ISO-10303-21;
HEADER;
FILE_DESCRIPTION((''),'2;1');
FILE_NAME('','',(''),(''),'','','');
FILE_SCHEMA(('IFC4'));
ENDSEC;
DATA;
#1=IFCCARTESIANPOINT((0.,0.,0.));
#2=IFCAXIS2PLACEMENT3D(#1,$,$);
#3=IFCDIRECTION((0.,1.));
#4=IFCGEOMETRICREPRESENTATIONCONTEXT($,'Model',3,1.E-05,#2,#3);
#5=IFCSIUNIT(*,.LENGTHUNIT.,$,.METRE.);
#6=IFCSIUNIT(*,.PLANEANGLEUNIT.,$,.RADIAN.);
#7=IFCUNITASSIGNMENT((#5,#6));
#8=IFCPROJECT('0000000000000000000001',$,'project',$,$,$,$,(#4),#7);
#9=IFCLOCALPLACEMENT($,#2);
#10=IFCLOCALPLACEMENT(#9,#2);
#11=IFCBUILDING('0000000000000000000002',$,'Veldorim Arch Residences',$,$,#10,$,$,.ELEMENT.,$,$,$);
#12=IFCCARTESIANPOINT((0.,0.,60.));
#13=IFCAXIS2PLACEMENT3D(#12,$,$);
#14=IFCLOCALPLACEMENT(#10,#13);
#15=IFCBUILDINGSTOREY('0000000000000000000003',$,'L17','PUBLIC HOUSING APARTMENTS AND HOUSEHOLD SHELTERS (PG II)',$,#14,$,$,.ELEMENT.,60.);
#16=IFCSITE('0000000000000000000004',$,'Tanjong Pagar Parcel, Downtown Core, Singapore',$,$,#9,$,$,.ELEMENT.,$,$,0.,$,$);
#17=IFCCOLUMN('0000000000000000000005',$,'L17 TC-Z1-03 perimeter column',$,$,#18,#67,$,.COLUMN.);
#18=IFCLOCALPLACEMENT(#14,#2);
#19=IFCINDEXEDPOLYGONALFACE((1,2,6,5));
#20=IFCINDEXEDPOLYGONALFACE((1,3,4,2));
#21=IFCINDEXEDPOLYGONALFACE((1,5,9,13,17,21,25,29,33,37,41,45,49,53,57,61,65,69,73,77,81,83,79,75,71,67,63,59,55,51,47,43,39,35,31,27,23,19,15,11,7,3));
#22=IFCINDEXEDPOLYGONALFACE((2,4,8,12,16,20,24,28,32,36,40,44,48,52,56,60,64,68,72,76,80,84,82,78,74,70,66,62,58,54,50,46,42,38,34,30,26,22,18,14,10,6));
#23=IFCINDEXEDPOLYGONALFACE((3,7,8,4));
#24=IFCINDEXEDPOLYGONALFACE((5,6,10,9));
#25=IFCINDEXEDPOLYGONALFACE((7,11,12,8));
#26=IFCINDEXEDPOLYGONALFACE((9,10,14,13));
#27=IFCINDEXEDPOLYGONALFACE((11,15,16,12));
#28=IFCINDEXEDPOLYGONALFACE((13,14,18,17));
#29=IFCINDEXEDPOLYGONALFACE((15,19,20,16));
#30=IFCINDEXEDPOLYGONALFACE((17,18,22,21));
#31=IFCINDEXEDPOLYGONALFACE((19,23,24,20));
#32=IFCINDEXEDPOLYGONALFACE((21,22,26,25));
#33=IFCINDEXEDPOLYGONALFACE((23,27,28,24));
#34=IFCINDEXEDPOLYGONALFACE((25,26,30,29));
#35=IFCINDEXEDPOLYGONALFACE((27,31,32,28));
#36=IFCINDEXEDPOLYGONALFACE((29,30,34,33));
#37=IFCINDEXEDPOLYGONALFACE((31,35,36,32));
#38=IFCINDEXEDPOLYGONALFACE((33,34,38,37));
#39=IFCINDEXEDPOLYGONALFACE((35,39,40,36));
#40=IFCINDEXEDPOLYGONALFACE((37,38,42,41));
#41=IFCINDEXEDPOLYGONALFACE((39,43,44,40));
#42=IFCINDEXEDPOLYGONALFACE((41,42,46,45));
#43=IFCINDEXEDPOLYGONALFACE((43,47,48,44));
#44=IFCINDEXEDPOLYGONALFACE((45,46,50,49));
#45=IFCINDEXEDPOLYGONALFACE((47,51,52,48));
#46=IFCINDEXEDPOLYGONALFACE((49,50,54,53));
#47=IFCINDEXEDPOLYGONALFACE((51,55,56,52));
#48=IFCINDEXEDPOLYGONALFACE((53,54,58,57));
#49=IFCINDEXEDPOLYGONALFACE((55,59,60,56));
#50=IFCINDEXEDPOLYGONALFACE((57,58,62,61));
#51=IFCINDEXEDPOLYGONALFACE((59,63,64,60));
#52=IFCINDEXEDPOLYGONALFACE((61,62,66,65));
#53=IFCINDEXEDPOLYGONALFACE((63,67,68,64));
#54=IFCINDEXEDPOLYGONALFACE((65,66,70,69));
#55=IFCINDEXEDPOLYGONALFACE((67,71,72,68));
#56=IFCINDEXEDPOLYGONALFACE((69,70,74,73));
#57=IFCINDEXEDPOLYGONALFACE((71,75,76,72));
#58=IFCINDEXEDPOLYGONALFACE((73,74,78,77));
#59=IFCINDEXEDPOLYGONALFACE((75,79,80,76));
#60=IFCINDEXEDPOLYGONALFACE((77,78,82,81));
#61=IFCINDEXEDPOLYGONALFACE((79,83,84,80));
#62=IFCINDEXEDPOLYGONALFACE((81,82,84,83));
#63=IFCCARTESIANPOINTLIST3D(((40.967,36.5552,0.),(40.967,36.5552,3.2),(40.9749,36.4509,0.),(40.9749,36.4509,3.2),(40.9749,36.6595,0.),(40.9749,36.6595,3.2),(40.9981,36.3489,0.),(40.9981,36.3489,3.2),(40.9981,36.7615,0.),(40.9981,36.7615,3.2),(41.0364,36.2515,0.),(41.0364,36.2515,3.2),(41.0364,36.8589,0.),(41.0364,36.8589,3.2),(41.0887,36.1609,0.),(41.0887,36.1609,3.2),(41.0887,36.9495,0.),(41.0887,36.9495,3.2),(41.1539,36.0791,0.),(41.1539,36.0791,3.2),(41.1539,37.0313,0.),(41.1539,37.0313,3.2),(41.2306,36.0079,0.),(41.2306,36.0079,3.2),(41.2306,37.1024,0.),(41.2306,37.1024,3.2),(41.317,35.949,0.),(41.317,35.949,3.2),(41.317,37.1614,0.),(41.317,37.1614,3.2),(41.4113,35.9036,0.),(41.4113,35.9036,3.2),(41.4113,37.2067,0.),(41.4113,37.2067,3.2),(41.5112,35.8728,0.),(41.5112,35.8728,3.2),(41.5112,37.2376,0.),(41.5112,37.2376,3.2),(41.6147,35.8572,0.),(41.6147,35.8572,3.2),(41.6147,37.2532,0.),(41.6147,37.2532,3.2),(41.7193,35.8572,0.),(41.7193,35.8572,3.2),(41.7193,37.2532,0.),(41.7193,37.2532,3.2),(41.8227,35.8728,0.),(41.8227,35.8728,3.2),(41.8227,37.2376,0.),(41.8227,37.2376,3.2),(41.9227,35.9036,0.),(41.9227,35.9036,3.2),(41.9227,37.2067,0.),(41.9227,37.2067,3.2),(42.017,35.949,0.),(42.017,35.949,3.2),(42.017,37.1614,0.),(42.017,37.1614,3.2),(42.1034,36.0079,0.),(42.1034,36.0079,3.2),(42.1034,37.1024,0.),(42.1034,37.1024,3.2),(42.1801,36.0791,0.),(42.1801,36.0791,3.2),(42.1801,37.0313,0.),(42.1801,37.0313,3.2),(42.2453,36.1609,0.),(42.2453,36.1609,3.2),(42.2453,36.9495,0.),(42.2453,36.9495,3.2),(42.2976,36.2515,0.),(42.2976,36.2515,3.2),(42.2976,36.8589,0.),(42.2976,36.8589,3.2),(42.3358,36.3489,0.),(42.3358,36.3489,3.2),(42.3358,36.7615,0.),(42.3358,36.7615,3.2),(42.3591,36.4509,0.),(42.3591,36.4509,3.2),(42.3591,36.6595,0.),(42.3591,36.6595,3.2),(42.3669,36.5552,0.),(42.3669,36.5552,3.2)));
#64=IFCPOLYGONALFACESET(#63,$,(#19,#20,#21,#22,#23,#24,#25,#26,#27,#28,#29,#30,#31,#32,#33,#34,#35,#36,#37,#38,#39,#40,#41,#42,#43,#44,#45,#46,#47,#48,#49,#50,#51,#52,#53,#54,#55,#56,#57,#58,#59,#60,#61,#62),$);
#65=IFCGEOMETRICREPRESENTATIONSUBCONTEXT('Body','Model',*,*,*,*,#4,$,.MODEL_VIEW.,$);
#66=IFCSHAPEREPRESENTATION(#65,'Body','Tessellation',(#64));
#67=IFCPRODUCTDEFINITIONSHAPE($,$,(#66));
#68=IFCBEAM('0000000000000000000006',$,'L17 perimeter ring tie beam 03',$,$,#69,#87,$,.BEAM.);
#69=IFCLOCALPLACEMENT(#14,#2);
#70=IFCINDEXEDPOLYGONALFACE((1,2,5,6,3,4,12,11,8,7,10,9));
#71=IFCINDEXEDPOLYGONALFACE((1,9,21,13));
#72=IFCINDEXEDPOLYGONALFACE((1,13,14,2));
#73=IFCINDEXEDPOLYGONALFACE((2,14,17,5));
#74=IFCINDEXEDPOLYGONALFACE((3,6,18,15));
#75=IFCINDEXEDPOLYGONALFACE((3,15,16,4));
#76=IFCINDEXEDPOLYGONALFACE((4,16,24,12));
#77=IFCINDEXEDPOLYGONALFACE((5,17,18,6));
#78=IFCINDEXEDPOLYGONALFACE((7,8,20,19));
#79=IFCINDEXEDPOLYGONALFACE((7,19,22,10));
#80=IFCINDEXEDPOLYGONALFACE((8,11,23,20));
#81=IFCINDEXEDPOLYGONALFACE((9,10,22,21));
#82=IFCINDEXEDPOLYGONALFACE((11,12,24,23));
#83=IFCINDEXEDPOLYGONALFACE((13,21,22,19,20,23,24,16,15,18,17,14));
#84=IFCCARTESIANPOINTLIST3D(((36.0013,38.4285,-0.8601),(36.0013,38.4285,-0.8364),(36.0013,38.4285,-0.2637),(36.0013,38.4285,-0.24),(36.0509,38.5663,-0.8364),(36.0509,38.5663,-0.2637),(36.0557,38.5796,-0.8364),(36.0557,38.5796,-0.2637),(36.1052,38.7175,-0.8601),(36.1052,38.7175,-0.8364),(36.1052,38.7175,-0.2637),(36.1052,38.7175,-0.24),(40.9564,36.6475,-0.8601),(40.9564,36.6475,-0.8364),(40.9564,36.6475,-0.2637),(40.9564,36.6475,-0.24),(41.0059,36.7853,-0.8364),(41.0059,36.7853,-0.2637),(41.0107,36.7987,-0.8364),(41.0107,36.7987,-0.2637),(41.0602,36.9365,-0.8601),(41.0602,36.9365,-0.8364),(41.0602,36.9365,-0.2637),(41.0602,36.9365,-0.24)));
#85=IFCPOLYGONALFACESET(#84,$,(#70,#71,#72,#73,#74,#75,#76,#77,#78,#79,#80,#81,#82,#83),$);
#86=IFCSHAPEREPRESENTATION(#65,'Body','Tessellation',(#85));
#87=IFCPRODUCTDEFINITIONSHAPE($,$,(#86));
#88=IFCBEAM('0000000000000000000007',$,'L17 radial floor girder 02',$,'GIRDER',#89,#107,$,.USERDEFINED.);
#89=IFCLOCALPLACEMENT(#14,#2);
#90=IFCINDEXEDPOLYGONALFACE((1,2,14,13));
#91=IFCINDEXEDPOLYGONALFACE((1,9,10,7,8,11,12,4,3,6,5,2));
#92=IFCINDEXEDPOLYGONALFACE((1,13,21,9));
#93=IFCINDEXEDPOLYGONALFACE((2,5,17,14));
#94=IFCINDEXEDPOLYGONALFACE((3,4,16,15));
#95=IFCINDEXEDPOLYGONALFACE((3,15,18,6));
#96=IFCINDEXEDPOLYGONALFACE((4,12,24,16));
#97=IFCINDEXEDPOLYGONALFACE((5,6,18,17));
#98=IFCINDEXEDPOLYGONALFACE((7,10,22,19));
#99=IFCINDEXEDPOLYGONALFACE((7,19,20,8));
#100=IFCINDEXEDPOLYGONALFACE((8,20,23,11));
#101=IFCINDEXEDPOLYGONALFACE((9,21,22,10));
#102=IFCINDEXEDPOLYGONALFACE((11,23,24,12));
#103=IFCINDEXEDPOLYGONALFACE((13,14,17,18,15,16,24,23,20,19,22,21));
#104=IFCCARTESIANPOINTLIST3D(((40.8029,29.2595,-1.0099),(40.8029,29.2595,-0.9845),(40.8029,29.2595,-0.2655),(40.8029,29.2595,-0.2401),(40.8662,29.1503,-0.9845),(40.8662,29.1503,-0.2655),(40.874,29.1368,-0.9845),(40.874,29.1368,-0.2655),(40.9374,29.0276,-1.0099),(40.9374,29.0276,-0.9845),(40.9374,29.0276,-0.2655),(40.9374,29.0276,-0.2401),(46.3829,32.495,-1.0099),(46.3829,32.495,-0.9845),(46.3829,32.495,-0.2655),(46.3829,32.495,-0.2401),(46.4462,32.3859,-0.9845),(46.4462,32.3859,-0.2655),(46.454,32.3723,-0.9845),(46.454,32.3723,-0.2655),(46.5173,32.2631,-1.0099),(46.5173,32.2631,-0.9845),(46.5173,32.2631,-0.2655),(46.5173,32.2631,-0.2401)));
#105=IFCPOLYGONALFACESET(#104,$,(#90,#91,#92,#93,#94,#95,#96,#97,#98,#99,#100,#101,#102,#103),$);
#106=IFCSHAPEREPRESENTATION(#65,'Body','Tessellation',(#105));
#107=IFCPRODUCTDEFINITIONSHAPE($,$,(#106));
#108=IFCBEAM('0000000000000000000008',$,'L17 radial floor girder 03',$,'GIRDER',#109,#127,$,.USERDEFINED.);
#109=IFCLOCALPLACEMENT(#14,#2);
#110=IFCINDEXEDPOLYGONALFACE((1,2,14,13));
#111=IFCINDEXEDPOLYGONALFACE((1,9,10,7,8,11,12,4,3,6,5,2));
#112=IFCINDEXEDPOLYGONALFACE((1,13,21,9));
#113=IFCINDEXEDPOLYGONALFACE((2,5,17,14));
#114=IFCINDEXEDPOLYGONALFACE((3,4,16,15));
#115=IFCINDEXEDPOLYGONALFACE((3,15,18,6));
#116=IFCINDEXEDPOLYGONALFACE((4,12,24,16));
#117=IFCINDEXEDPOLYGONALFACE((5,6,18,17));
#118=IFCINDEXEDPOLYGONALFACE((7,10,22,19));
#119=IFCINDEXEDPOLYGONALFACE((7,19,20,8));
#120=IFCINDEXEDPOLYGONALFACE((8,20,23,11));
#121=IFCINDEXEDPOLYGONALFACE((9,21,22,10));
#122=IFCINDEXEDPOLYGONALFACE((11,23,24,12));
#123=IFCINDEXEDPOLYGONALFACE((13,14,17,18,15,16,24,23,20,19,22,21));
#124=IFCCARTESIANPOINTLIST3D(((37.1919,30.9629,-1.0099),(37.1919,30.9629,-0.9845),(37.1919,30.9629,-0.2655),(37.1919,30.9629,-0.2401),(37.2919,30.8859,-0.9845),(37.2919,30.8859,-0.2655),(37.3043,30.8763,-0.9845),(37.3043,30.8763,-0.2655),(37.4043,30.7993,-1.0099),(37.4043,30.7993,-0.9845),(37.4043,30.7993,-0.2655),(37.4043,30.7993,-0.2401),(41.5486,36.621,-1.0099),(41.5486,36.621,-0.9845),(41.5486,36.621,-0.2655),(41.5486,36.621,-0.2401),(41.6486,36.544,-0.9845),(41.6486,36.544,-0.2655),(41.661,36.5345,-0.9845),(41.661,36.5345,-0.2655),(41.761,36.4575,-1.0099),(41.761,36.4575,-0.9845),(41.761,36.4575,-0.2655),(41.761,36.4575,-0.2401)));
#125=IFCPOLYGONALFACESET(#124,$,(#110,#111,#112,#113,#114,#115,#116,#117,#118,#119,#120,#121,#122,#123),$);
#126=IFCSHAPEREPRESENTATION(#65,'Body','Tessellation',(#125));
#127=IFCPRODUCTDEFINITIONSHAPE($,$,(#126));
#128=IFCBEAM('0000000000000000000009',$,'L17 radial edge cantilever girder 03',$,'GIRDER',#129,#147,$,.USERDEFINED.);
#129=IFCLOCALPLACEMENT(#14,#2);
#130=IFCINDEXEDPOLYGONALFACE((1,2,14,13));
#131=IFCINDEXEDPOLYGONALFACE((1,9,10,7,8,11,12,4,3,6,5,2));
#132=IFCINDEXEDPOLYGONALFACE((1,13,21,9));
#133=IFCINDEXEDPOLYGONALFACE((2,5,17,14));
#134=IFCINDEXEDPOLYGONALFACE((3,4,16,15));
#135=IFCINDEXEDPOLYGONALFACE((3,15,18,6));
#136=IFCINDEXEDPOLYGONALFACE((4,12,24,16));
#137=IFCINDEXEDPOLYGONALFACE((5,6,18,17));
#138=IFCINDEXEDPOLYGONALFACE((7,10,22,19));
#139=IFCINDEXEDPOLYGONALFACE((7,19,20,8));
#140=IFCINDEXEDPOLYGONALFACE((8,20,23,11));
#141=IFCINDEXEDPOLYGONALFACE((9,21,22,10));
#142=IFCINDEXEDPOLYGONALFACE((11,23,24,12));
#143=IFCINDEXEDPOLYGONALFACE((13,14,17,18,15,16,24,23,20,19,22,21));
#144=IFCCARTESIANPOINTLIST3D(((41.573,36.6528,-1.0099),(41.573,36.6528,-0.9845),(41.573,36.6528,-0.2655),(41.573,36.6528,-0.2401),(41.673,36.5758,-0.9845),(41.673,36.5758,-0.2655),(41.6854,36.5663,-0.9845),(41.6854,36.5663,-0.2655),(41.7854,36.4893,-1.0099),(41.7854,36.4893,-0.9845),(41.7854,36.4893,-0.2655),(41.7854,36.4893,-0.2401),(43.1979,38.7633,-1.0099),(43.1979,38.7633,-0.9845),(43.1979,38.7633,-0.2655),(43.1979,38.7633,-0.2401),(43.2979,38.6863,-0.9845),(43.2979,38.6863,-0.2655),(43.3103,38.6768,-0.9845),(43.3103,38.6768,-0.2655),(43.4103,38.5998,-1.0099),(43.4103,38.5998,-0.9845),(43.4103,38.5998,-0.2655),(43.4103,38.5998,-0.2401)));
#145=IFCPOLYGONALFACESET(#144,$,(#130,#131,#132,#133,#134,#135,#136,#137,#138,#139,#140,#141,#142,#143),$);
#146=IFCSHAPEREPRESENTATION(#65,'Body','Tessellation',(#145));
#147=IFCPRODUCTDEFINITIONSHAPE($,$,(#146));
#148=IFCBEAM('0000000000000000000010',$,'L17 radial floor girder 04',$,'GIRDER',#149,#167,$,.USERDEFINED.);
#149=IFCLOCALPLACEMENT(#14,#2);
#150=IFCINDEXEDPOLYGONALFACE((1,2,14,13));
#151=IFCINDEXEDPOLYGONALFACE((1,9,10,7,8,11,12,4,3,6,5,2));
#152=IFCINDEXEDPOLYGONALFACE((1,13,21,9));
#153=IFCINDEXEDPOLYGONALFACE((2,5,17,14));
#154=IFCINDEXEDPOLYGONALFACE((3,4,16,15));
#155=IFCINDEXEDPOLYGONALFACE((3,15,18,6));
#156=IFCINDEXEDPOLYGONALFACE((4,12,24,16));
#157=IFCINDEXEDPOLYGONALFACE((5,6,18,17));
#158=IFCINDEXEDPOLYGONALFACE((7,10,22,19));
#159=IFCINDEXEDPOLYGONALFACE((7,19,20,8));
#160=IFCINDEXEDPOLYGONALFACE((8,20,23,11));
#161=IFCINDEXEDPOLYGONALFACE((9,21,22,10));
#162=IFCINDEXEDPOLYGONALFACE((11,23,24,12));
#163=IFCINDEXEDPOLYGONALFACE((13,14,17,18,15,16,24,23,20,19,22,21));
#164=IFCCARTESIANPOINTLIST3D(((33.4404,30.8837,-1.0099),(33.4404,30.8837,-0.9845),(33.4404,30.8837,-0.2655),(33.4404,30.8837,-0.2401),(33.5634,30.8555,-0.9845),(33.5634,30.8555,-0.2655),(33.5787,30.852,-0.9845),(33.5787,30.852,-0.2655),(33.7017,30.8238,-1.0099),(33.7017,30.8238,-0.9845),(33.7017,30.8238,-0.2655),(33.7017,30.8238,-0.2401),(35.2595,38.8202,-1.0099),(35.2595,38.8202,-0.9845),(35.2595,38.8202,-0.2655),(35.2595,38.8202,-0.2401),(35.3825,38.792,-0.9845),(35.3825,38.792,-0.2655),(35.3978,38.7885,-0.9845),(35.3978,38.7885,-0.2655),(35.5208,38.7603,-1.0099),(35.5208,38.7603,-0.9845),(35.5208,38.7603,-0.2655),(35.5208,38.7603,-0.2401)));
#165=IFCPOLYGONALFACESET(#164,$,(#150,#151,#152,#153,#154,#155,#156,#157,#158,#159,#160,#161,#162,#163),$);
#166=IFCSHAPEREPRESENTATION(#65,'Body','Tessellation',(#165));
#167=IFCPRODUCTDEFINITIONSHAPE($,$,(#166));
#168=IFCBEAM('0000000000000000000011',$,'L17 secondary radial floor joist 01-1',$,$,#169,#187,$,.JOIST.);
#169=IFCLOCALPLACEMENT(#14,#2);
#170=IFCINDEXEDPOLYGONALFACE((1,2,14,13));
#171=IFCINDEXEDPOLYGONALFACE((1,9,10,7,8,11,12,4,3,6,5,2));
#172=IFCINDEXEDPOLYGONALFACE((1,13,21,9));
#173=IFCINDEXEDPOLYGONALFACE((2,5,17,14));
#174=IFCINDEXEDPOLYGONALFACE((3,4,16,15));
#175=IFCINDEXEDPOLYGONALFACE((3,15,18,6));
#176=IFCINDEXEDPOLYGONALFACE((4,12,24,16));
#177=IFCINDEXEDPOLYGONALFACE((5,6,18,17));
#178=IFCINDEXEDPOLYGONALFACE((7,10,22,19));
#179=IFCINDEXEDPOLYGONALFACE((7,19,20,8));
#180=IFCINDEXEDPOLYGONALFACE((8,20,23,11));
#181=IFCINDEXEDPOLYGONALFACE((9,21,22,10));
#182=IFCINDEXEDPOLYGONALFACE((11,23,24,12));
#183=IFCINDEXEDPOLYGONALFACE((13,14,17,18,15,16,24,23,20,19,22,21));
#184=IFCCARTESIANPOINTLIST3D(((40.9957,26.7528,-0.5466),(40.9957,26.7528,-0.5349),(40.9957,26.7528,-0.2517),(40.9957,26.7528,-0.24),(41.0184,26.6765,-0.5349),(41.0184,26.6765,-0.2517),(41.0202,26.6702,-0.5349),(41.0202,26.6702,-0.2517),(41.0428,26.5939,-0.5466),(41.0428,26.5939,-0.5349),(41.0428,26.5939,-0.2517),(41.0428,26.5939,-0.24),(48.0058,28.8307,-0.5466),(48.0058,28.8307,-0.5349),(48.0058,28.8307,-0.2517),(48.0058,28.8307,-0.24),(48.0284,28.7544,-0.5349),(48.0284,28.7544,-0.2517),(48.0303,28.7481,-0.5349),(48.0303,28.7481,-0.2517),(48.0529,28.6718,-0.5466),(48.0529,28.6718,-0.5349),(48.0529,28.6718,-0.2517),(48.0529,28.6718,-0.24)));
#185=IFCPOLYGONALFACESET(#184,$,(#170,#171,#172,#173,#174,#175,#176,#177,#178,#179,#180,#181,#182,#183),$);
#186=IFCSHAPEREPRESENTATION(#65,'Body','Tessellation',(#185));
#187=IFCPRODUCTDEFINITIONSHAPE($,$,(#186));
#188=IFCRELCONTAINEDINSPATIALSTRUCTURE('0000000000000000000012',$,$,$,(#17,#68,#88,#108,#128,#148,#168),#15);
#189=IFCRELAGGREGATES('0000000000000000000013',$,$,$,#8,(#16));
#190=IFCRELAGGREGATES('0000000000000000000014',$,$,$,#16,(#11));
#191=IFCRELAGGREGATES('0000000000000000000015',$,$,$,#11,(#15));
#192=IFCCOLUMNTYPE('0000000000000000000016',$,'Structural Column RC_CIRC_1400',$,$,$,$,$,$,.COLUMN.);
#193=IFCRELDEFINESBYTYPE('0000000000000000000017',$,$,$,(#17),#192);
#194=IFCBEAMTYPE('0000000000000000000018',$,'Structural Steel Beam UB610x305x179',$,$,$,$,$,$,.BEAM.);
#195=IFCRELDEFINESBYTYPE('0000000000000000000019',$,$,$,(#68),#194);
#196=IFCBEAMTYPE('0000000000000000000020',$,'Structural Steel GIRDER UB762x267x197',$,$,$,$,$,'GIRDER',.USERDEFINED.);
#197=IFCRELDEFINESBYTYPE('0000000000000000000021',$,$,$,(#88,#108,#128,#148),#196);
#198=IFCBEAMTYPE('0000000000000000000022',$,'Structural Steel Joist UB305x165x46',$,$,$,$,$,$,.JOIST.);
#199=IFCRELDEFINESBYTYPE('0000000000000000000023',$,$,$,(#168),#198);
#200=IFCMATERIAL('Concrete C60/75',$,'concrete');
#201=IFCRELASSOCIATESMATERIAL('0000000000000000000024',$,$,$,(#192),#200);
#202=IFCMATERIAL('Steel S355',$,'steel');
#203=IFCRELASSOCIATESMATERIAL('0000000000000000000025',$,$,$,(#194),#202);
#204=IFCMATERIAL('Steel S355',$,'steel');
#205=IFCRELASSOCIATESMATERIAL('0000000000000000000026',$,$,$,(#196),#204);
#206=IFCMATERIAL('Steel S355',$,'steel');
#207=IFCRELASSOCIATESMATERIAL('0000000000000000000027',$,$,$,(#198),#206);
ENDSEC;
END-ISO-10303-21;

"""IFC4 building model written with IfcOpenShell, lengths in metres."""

from ifc_helpers import new_model, si_unit, direction, frame, origin, origin_2d, place, context, subcontext, project, spatial, circle, i_section, extrude, material, material_profile, profile_set, type_object, element, save


model = new_model("IFC4")

# Units and contexts
model_context = context("Model", 3, precision=1e-05, world=origin(), true_north=direction((0.0, 1.0)))
body_context = subcontext(model_context, "Body", "Model", "MODEL_VIEW")
ifc_project = project(units=[si_unit("LENGTHUNIT", "METRE"), si_unit("PLANEANGLEUNIT", "RADIAN")], contexts=[model_context])

# Site, building, storey
site_placement = place(None, origin())
site = spatial("IfcSite", under=ifc_project, at=site_placement, Name="Tanjong Pagar Parcel, Downtown Core, Singapore", CompositionType="ELEMENT", RefElevation=0.0)
building_placement = place(site_placement, origin())
building = spatial("IfcBuilding", under=site, at=building_placement, Name="Veldorim Arch Residences", CompositionType="ELEMENT")
storey_placement = place(building_placement, frame((0.0, 0.0, 60.0)))
storey = spatial("IfcBuildingStorey", under=building, at=storey_placement, Name="L17", Description="PUBLIC HOUSING APARTMENTS AND HOUSEHOLD SHELTERS (PG II)", CompositionType="ELEMENT", Elevation=60.0)

# Column
ifc_material_1 = material(Name="Concrete C60/75", Category="concrete")
ifc_material_profile_1 = material_profile(ifc_material_1, circle(Radius=0.7, at=origin_2d()), Name="RC_CIRC_1400")
ifc_profile_set_1 = profile_set([ifc_material_profile_1], Name="Concrete C60/75")
column_type = type_object("IfcColumnType", Name="Structural Column RC_CIRC_1400", PredefinedType="COLUMN", material=ifc_profile_set_1)
column_placement = place(storey_placement, frame((41.667, 36.5552, 0.0), z_axis=(0.0, 0.0, 1.0), x_axis=(1.0, 0.0, 0.0)))
element("IfcColumn", 1, at=column_placement, inside=storey, type_object=column_type, Name="L17 TC-Z1-03 perimeter column", PredefinedType="COLUMN", context=body_context, shape_type="SweptSolid", body=[
    extrude(circle(Radius=0.7, at=origin_2d()), origin(), (0.0, 0.0, 1.0), 3.2),
])

# Beams
ifc_material_2 = material(Name="Steel S355", Category="steel")
ifc_material_profile_2 = material_profile(ifc_material_2, i_section(OverallWidth=0.3071, OverallDepth=0.6201, WebThickness=0.0142, FlangeThickness=0.0237, at=origin_2d()), Name="UB610x305x179")
ifc_profile_set_2 = profile_set([ifc_material_profile_2], Name="Steel S355")
beam_type_1 = type_object("IfcBeamType", Name="Structural Steel Beam UB610x305x179", PredefinedType="BEAM", material=ifc_profile_set_2)
beam_1_placement = place(storey_placement, frame((41.0083, 36.792, -0.55), z_axis=(-0.941058, 0.338245, 0.0), x_axis=(-0.338245, -0.941058, 0.0)))
element("IfcBeam", 2, at=beam_1_placement, inside=storey, type_object=beam_type_1, Name="L17 perimeter ring tie beam 03", PredefinedType="BEAM", context=body_context, shape_type="SweptSolid", body=[
    extrude(i_section(OverallWidth=0.3071, OverallDepth=0.6201, WebThickness=0.0142, FlangeThickness=0.0237, at=origin_2d()), origin(), (0.0, 0.0, 1.0), 5.2654),
])
ifc_material_3 = material(Name="Steel S355", Category="steel")
ifc_material_profile_3 = material_profile(ifc_material_3, i_section(OverallWidth=0.2681, OverallDepth=0.7698, WebThickness=0.0156, FlangeThickness=0.0254, at=origin_2d()), Name="UB762x267x197")
ifc_profile_set_3 = profile_set([ifc_material_profile_3], Name="Steel S355")
beam_type_2 = type_object("IfcBeamType", Name="Structural Steel GIRDER UB762x267x197", ElementType="GIRDER", PredefinedType="USERDEFINED", material=ifc_profile_set_3)
beam_2_placement = place(storey_placement, frame((40.8701, 29.1436, -0.625), z_axis=(0.865088, 0.50162, 0.0), x_axis=(-0.50162, 0.865088, 0.0)))
element("IfcBeam", 3, at=beam_2_placement, inside=storey, type_object=beam_type_2, Name="L17 radial floor girder 02", ObjectType="GIRDER", PredefinedType="USERDEFINED", context=body_context, shape_type="SweptSolid", body=[
    extrude(i_section(OverallWidth=0.2681, OverallDepth=0.7698, WebThickness=0.0156, FlangeThickness=0.0254, at=origin_2d()), origin(), (0.0, 0.0, 1.0), 6.4502),
])
beam_3_placement = place(storey_placement, frame((37.2981, 30.8811, -0.625), z_axis=(0.610082, 0.792338, 0.0), x_axis=(-0.792338, 0.610082, 0.0)))
element("IfcBeam", 4, at=beam_3_placement, inside=storey, type_object=beam_type_2, Name="L17 radial floor girder 03", ObjectType="GIRDER", PredefinedType="USERDEFINED", context=body_context, shape_type="SweptSolid", body=[
    extrude(i_section(OverallWidth=0.2681, OverallDepth=0.7698, WebThickness=0.0156, FlangeThickness=0.0254, at=origin_2d()), origin(), (0.0, 0.0, 1.0), 7.1411),
])
beam_4_placement = place(storey_placement, frame((41.6792, 36.571, -0.625), z_axis=(0.610056, 0.792358, 0.0), x_axis=(-0.792358, 0.610056, 0.0)))
element("IfcBeam", 5, at=beam_4_placement, inside=storey, type_object=beam_type_2, Name="L17 radial edge cantilever girder 03", ObjectType="GIRDER", PredefinedType="USERDEFINED", context=body_context, shape_type="SweptSolid", body=[
    extrude(i_section(OverallWidth=0.2681, OverallDepth=0.7698, WebThickness=0.0156, FlangeThickness=0.0254, at=origin_2d()), origin(), (0.0, 0.0, 1.0), 2.6636),
])
beam_5_placement = place(storey_placement, frame((33.571, 30.8538, -0.625), z_axis=(0.223412, 0.974724, 0.0), x_axis=(-0.974724, 0.223412, 0.0)))
element("IfcBeam", 6, at=beam_5_placement, inside=storey, type_object=beam_type_2, Name="L17 radial floor girder 04", ObjectType="GIRDER", PredefinedType="USERDEFINED", context=body_context, shape_type="SweptSolid", body=[
    extrude(i_section(OverallWidth=0.2681, OverallDepth=0.7698, WebThickness=0.0156, FlangeThickness=0.0254, at=origin_2d()), origin(), (0.0, 0.0, 1.0), 8.1423),
])
ifc_material_4 = material(Name="Steel S355", Category="steel")
ifc_material_profile_4 = material_profile(ifc_material_4, i_section(OverallWidth=0.1658, OverallDepth=0.3066, WebThickness=0.0066, FlangeThickness=0.0117, at=origin_2d()), Name="UB305x165x46")
ifc_profile_set_4 = profile_set([ifc_material_profile_4], Name="Steel S355")
beam_type_3 = type_object("IfcBeamType", Name="Structural Steel Joist UB305x165x46", PredefinedType="JOIST", material=ifc_profile_set_4)
beam_6_placement = place(storey_placement, frame((41.0193, 26.6733, -0.3933), z_axis=(0.958767, 0.284194, 0.0), x_axis=(-0.284194, 0.958767, 0.0)))
element("IfcBeam", 7, at=beam_6_placement, inside=storey, type_object=beam_type_3, Name="L17 secondary radial floor joist 01-1", PredefinedType="JOIST", context=body_context, shape_type="SweptSolid", body=[
    extrude(i_section(OverallWidth=0.1658, OverallDepth=0.3066, WebThickness=0.0066, FlangeThickness=0.0117, at=origin_2d()), origin(), (0.0, 0.0, 1.0), 7.3115),
])

save(model, "model.ifc")
